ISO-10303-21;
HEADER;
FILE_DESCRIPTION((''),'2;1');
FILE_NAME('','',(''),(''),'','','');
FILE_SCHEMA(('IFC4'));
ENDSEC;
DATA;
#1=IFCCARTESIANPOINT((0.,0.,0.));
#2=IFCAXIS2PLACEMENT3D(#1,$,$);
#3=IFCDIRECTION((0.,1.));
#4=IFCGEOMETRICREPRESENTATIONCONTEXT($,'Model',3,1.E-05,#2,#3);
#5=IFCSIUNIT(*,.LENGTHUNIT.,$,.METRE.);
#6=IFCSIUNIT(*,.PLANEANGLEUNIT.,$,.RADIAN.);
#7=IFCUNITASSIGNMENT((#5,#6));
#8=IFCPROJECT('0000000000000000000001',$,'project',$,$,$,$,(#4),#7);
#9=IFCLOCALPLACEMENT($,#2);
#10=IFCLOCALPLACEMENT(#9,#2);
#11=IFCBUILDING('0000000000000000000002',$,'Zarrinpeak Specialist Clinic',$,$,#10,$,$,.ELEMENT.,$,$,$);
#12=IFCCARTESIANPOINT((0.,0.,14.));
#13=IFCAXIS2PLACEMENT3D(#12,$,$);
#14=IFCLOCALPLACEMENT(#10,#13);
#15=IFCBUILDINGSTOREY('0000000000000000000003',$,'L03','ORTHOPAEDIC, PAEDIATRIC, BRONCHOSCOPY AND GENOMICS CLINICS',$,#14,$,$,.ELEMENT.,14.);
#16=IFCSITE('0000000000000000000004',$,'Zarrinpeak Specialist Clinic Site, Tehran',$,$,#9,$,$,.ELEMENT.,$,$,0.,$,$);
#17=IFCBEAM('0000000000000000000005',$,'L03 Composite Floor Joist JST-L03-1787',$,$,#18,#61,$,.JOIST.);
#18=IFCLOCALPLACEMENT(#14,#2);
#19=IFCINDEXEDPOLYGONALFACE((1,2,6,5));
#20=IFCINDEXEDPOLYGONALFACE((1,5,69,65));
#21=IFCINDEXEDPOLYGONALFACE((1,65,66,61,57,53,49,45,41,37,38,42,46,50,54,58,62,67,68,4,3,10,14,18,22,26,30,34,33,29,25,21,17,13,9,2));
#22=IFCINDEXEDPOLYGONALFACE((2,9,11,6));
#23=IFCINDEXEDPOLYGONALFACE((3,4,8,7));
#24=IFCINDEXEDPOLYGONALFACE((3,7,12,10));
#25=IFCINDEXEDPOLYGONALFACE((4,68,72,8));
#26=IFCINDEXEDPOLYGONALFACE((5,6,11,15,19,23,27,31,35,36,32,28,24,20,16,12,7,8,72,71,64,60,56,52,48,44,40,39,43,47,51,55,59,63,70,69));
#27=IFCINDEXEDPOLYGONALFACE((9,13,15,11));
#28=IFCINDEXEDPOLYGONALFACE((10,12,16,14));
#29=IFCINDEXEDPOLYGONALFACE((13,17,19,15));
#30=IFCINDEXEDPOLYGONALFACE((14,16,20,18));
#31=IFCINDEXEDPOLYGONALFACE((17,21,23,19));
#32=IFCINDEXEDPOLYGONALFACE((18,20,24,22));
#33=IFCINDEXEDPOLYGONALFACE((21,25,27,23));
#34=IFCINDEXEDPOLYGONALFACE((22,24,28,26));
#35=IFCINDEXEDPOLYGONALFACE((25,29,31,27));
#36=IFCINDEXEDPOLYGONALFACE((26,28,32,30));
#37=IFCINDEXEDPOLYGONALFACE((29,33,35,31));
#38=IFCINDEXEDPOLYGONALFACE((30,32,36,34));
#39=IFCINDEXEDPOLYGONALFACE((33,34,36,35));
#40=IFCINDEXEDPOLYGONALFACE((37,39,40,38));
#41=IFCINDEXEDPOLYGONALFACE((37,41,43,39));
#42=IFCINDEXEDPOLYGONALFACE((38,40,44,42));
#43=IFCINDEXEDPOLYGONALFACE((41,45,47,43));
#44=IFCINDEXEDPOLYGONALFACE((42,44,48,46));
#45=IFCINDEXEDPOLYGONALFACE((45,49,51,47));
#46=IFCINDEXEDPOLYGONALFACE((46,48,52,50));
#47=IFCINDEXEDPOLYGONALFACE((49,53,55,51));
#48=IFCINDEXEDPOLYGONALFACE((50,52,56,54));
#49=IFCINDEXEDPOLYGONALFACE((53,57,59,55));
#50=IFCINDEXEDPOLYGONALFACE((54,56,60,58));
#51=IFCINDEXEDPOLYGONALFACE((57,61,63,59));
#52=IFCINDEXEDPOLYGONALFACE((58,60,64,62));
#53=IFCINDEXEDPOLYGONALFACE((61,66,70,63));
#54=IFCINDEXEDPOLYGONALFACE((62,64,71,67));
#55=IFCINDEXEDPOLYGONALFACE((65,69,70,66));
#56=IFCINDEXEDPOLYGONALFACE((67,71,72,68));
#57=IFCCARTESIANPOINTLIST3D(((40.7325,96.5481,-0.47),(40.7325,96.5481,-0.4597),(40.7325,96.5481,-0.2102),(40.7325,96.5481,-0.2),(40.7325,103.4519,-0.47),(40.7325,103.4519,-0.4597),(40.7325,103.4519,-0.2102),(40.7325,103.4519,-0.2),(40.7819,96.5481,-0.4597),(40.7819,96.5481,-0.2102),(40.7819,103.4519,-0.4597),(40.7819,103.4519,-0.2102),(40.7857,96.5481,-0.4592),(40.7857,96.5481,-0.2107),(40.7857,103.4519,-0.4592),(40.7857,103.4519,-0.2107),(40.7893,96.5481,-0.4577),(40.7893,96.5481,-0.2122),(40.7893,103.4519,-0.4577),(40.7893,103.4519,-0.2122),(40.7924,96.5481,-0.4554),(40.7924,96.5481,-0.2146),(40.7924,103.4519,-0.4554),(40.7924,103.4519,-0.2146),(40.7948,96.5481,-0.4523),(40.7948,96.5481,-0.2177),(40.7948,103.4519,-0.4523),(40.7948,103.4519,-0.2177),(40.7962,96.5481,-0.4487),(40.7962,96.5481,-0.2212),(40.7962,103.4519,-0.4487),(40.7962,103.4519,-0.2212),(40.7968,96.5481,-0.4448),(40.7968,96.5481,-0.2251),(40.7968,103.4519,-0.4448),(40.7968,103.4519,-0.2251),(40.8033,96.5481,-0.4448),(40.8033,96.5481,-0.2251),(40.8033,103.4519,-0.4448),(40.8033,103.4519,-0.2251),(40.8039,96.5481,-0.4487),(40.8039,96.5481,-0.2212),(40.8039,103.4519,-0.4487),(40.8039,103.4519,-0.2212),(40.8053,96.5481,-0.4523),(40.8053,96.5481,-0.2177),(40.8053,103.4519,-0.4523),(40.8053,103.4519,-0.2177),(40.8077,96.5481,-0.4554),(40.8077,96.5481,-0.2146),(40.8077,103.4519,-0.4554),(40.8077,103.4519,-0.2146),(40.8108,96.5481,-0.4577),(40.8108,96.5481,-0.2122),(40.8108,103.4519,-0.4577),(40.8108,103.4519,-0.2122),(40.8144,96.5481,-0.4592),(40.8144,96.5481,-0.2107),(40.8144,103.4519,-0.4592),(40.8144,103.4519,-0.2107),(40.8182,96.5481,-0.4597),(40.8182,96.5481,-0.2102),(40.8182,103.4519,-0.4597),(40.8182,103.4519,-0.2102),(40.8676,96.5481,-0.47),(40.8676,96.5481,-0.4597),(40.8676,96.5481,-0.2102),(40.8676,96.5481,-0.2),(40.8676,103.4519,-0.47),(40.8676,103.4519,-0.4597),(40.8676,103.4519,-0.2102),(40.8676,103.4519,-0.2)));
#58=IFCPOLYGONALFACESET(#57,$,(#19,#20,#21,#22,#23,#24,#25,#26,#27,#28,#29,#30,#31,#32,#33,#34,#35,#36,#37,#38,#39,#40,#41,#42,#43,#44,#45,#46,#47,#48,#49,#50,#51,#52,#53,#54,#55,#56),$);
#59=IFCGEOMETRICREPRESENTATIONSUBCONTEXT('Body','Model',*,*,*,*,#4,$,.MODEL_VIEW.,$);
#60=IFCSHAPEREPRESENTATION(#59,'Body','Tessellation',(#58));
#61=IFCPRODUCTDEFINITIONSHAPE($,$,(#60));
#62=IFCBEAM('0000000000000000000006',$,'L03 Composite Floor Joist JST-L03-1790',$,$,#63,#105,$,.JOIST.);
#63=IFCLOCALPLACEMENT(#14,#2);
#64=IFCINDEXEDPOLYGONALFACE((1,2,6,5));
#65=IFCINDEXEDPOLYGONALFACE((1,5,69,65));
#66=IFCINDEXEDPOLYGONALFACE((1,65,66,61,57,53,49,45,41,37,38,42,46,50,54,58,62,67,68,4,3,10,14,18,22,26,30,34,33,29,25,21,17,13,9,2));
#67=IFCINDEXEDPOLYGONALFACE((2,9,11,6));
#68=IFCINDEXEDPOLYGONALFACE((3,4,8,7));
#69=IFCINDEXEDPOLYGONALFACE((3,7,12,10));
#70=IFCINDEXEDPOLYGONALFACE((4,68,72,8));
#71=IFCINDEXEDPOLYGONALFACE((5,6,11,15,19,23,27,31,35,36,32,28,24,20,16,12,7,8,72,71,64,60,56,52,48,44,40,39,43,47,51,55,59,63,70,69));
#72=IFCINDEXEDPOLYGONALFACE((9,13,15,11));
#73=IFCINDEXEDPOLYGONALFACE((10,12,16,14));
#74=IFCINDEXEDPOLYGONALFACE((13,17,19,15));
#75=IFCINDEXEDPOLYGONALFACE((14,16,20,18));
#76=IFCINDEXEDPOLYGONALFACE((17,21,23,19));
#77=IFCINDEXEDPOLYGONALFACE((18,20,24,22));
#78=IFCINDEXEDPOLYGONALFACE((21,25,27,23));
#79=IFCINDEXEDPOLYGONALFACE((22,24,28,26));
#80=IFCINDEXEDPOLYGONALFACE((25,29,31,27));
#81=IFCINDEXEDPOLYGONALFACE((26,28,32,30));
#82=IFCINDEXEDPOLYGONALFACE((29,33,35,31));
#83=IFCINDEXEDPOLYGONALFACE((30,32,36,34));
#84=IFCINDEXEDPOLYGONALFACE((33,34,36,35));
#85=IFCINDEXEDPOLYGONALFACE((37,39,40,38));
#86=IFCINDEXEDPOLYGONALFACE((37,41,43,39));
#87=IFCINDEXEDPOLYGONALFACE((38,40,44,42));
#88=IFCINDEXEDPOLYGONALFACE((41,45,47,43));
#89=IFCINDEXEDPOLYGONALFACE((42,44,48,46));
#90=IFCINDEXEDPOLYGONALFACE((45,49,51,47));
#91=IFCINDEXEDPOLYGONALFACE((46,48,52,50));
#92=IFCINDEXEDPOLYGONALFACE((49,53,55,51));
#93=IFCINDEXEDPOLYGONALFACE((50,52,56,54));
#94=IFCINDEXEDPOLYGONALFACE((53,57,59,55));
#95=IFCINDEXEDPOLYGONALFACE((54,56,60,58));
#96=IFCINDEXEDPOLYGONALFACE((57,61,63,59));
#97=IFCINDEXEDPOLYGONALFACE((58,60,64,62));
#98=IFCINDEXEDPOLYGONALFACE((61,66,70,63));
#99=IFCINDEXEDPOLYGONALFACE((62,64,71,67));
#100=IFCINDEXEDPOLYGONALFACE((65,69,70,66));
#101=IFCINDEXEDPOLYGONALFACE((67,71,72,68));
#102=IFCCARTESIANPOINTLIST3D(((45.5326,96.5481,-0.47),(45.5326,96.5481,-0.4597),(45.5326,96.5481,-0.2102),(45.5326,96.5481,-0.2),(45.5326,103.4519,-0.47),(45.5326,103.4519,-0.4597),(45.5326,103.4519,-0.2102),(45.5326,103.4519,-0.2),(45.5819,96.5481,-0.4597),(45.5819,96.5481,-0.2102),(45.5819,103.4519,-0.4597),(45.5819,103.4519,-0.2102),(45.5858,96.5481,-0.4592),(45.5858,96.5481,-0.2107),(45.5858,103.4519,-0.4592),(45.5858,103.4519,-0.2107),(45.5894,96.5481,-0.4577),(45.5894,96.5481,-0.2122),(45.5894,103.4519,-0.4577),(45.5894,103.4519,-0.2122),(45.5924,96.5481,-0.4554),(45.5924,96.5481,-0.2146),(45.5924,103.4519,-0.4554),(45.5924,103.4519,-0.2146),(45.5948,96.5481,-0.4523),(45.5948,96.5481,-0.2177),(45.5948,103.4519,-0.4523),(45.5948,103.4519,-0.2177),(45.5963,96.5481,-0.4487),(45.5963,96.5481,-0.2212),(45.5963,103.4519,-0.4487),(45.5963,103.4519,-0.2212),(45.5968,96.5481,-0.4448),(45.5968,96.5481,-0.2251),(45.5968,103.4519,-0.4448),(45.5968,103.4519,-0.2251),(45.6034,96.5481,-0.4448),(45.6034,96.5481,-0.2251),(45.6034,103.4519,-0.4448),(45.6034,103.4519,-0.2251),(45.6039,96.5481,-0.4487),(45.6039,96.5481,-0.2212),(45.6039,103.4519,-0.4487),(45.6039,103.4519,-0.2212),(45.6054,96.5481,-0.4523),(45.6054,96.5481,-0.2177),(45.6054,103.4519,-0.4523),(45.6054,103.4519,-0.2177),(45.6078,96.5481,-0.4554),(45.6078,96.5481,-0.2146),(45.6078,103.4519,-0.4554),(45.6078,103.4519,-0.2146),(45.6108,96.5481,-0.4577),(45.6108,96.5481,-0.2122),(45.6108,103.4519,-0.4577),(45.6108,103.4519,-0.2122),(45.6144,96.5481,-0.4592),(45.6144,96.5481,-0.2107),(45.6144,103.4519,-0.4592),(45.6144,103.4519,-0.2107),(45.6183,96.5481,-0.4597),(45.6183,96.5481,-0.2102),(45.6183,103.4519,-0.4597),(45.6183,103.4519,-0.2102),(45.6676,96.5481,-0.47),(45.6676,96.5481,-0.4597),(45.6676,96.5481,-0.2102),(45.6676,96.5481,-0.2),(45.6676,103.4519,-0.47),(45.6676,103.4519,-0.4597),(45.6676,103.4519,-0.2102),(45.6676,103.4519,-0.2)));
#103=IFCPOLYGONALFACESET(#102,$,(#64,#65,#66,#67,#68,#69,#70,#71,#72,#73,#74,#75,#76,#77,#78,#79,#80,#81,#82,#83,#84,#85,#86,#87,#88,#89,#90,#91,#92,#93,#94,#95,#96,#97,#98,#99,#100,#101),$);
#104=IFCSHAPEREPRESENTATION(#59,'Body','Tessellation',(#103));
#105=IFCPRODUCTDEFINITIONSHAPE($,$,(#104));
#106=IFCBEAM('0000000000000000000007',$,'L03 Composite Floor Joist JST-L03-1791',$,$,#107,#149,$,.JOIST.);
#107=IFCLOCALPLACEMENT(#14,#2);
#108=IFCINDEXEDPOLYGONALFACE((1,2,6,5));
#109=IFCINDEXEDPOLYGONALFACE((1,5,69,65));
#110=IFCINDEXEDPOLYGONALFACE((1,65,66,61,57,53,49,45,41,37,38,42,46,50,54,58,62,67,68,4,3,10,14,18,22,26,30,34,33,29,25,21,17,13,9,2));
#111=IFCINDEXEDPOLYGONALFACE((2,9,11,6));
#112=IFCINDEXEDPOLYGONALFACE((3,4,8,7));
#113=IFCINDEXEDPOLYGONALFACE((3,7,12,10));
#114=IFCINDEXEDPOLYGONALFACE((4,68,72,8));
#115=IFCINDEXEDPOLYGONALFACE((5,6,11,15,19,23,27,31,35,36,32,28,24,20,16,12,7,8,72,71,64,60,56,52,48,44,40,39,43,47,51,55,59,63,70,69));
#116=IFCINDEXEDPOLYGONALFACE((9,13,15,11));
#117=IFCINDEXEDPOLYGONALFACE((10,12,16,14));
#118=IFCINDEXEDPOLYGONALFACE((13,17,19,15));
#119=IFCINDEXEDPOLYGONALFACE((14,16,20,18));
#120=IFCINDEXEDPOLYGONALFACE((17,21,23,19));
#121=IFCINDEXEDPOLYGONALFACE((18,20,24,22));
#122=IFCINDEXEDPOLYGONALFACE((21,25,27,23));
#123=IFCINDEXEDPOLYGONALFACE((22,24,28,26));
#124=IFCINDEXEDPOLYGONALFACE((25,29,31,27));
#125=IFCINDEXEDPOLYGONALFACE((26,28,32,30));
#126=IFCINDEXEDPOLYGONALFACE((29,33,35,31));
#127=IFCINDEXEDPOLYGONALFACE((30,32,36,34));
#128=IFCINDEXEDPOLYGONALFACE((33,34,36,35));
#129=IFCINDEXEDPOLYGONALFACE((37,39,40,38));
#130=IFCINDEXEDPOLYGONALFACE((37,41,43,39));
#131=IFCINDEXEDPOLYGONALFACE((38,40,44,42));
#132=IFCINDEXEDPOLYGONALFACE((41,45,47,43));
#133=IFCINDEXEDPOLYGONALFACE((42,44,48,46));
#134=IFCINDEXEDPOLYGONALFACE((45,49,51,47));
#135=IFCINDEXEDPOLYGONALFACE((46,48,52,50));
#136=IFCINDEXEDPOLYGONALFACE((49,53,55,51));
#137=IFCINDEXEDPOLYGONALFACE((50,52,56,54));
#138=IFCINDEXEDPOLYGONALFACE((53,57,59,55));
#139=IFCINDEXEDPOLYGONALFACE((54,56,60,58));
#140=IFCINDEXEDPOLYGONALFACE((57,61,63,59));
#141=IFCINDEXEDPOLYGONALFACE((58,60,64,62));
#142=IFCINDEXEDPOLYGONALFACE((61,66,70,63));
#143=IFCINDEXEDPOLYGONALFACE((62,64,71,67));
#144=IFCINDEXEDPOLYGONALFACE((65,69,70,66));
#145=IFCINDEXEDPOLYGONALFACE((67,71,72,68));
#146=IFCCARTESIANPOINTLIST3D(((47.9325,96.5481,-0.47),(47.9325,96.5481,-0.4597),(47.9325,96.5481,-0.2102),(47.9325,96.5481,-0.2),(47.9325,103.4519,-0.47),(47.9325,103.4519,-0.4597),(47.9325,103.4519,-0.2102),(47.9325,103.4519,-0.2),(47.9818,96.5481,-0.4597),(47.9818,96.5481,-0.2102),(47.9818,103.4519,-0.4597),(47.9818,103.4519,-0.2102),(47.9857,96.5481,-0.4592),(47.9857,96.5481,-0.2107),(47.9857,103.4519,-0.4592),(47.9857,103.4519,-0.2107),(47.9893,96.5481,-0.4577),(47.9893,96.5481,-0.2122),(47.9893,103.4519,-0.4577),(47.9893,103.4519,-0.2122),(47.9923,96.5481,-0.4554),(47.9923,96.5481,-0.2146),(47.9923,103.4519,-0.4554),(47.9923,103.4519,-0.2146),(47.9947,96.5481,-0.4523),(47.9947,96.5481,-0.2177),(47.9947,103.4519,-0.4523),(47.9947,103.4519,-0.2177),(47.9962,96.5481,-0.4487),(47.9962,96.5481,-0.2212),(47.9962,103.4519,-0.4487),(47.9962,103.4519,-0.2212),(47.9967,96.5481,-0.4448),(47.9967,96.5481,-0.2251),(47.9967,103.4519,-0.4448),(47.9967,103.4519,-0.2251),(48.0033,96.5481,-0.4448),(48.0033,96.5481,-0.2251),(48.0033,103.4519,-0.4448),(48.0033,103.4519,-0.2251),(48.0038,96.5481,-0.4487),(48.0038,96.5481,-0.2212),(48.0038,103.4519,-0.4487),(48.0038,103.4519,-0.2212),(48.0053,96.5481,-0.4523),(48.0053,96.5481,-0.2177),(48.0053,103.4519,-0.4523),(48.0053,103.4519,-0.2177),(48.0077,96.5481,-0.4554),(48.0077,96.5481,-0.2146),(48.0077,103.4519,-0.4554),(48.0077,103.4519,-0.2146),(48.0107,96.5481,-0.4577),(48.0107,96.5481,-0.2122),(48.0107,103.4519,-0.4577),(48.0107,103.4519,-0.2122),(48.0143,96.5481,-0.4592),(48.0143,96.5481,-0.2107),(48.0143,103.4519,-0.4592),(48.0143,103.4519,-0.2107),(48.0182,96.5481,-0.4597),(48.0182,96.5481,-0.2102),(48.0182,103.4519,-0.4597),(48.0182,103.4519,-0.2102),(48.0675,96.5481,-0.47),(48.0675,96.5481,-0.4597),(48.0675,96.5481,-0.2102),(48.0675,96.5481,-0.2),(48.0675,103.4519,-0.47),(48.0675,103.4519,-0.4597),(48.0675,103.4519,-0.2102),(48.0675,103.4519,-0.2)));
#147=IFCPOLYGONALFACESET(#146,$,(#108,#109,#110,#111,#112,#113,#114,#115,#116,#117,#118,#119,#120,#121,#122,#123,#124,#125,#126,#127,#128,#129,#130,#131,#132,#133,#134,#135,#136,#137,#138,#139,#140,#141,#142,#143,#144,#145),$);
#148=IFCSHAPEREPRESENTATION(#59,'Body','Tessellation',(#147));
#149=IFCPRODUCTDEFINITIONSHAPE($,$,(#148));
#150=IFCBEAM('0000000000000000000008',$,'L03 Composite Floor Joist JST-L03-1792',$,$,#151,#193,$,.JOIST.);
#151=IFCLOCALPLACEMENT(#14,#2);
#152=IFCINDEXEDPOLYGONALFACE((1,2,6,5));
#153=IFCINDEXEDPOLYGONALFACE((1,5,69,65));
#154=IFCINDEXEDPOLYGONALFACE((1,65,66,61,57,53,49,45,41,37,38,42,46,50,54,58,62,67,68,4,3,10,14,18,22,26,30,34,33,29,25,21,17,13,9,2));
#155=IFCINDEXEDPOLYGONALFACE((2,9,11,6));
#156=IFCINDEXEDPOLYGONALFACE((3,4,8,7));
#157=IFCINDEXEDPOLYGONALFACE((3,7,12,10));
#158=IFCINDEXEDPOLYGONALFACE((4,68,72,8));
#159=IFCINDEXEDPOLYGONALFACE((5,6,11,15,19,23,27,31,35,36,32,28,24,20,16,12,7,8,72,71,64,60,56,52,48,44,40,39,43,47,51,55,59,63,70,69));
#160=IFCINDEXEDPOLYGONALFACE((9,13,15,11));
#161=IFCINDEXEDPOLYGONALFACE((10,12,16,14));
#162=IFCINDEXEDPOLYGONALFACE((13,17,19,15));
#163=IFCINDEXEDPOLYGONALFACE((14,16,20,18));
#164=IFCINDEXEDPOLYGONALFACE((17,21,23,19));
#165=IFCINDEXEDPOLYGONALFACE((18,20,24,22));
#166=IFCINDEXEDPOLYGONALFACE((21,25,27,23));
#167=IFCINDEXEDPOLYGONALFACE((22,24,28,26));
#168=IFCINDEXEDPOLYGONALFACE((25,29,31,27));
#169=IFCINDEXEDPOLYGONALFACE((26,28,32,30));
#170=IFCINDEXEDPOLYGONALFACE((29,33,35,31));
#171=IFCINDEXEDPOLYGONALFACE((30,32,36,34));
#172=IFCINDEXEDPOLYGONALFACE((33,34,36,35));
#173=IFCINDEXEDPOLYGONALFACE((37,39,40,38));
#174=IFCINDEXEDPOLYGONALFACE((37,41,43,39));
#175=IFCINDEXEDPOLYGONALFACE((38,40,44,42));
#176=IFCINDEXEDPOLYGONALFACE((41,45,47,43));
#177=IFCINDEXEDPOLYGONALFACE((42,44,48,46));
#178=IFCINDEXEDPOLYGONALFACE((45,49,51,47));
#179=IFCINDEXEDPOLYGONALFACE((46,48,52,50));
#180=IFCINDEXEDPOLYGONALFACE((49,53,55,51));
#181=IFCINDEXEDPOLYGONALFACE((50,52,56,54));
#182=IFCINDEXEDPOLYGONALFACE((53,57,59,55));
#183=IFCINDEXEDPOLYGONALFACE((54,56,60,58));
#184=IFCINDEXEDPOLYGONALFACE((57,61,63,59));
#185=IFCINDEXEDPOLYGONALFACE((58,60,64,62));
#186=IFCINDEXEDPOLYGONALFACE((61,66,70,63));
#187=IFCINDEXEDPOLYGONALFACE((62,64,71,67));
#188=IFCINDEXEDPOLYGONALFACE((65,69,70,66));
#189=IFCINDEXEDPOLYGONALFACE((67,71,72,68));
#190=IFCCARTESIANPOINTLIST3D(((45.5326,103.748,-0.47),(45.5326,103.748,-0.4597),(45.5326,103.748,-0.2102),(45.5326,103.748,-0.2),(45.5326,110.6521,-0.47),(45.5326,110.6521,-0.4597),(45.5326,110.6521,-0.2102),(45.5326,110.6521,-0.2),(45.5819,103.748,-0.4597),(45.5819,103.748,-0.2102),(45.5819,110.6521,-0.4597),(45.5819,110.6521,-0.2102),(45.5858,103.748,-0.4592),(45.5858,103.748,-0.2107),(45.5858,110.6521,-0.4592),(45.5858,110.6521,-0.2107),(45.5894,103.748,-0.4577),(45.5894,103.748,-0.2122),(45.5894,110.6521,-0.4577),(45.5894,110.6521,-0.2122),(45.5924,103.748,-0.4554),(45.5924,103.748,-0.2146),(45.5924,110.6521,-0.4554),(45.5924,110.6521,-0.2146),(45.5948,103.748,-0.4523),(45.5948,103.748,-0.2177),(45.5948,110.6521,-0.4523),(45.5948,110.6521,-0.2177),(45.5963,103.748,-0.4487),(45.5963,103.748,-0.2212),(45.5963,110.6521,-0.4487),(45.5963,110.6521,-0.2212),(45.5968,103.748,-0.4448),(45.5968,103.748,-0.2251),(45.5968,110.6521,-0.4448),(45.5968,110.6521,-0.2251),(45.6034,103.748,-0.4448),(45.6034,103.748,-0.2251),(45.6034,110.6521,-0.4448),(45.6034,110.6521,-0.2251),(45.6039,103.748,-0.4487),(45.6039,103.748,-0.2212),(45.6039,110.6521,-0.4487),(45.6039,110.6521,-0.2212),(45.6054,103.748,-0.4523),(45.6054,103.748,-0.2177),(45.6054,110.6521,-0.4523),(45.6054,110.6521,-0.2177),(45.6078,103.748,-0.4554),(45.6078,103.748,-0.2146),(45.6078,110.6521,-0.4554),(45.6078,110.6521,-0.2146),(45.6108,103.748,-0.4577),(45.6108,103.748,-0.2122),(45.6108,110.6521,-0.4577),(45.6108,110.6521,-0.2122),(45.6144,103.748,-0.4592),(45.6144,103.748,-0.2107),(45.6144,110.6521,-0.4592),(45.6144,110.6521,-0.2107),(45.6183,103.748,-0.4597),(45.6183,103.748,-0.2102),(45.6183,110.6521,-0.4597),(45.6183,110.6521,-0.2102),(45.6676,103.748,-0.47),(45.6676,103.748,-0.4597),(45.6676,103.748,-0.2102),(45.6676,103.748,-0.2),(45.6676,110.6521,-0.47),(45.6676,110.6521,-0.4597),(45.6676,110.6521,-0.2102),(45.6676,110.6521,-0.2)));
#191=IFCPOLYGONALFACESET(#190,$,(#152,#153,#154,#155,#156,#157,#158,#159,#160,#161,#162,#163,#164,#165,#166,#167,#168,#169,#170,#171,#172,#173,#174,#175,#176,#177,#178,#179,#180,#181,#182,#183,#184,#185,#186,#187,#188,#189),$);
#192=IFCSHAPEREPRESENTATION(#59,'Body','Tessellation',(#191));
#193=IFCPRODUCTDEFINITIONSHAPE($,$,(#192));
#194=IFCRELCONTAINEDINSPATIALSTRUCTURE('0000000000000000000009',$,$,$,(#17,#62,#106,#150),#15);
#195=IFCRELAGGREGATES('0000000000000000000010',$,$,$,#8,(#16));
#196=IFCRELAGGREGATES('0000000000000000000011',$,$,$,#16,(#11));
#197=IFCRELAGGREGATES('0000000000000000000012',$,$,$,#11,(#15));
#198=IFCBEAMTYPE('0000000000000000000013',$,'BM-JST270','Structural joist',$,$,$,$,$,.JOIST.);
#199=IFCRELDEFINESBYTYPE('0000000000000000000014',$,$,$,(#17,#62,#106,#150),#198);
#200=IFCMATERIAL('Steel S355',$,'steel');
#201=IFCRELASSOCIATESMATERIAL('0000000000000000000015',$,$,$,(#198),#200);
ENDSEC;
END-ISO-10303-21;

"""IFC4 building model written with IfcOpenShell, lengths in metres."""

from ifc_helpers import new_model, si_unit, direction, frame, origin, origin_2d, place, context, subcontext, project, spatial, i_section, extrude, material, material_profile, profile_set, type_object, element, save


model = new_model("IFC4")

# Units and contexts
model_context = context("Model", 3, precision=1e-05, world=origin(), true_north=direction((0.0, 1.0)))
body_context = subcontext(model_context, "Body", "Model", "MODEL_VIEW")
ifc_project = project(units=[si_unit("LENGTHUNIT", "METRE"), si_unit("PLANEANGLEUNIT", "RADIAN")], contexts=[model_context])

# Site, building, storey
site_placement = place(None, origin())
site = spatial("IfcSite", under=ifc_project, at=site_placement, Name="Zarrinpeak Specialist Clinic Site, Tehran", CompositionType="ELEMENT", RefElevation=0.0)
building_placement = place(site_placement, origin())
building = spatial("IfcBuilding", under=site, at=building_placement, Name="Zarrinpeak Specialist Clinic", CompositionType="ELEMENT")
storey_placement = place(building_placement, frame((0.0, 0.0, 14.0)))
storey = spatial("IfcBuildingStorey", under=building, at=storey_placement, Name="L03", Description="ORTHOPAEDIC, PAEDIATRIC, BRONCHOSCOPY AND GENOMICS CLINICS", CompositionType="ELEMENT", Elevation=14.0)

# Shared definitions
ifc_material_1 = material(Name="Steel S355", Category="steel")

# Beams
ifc_material_profile_1 = material_profile(ifc_material_1, i_section(OverallWidth=0.135, OverallDepth=0.27, WebThickness=0.0066, FlangeThickness=0.0103, FilletRadius=0.0149, at=origin_2d()), Name="IPE 270")
ifc_profile_set_1 = profile_set([ifc_material_profile_1], Name="Steel S355")
beam_type_1 = type_object("IfcBeamType", Name="BM-JST270", Description="Structural joist", PredefinedType="JOIST", material=ifc_profile_set_1)
for number, where, z_axis, x_axis, name in (
    (1, (40.8, 96.5481, -0.335), (0.0, 1.0, 0.0), (-1.0, 0.0, 0.0), "L03 Composite Floor Joist JST-L03-1787"),
    (2, (45.6001, 96.5481, -0.335), (0.0, 1.0, 0.0), (-1.0, 0.0, 0.0), "L03 Composite Floor Joist JST-L03-1790"),
    (3, (48.0, 96.5481, -0.335), (0.0, 1.0, 0.0), (-1.0, 0.0, 0.0), "L03 Composite Floor Joist JST-L03-1791"),
):
    element("IfcBeam", number, at=place(storey_placement, frame(where, z_axis=z_axis, x_axis=x_axis)), inside=storey, type_object=beam_type_1, Name=name, PredefinedType="JOIST", context=body_context, shape_type="SweptSolid", body=[
        extrude(i_section(OverallWidth=0.135, OverallDepth=0.27, WebThickness=0.0066, FlangeThickness=0.0103, FilletRadius=0.0149, at=origin_2d()), origin(), (0.0, 0.0, 1.0), 6.9038),
    ])
for number, where, z_axis, x_axis, name in (
    (4, (45.6001, 103.748, -0.335), (0.0, 1.0, 0.0), (-1.0, 0.0, 0.0), "L03 Composite Floor Joist JST-L03-1792"),
):
    element("IfcBeam", number, at=place(storey_placement, frame(where, z_axis=z_axis, x_axis=x_axis)), inside=storey, type_object=beam_type_1, Name=name, PredefinedType="JOIST", context=body_context, shape_type="SweptSolid", body=[
        extrude(i_section(OverallWidth=0.135, OverallDepth=0.27, WebThickness=0.0066, FlangeThickness=0.0103, FilletRadius=0.0149, at=origin_2d()), origin(), (0.0, 0.0, 1.0), 6.9041),
    ])

save(model, "model.ifc")
